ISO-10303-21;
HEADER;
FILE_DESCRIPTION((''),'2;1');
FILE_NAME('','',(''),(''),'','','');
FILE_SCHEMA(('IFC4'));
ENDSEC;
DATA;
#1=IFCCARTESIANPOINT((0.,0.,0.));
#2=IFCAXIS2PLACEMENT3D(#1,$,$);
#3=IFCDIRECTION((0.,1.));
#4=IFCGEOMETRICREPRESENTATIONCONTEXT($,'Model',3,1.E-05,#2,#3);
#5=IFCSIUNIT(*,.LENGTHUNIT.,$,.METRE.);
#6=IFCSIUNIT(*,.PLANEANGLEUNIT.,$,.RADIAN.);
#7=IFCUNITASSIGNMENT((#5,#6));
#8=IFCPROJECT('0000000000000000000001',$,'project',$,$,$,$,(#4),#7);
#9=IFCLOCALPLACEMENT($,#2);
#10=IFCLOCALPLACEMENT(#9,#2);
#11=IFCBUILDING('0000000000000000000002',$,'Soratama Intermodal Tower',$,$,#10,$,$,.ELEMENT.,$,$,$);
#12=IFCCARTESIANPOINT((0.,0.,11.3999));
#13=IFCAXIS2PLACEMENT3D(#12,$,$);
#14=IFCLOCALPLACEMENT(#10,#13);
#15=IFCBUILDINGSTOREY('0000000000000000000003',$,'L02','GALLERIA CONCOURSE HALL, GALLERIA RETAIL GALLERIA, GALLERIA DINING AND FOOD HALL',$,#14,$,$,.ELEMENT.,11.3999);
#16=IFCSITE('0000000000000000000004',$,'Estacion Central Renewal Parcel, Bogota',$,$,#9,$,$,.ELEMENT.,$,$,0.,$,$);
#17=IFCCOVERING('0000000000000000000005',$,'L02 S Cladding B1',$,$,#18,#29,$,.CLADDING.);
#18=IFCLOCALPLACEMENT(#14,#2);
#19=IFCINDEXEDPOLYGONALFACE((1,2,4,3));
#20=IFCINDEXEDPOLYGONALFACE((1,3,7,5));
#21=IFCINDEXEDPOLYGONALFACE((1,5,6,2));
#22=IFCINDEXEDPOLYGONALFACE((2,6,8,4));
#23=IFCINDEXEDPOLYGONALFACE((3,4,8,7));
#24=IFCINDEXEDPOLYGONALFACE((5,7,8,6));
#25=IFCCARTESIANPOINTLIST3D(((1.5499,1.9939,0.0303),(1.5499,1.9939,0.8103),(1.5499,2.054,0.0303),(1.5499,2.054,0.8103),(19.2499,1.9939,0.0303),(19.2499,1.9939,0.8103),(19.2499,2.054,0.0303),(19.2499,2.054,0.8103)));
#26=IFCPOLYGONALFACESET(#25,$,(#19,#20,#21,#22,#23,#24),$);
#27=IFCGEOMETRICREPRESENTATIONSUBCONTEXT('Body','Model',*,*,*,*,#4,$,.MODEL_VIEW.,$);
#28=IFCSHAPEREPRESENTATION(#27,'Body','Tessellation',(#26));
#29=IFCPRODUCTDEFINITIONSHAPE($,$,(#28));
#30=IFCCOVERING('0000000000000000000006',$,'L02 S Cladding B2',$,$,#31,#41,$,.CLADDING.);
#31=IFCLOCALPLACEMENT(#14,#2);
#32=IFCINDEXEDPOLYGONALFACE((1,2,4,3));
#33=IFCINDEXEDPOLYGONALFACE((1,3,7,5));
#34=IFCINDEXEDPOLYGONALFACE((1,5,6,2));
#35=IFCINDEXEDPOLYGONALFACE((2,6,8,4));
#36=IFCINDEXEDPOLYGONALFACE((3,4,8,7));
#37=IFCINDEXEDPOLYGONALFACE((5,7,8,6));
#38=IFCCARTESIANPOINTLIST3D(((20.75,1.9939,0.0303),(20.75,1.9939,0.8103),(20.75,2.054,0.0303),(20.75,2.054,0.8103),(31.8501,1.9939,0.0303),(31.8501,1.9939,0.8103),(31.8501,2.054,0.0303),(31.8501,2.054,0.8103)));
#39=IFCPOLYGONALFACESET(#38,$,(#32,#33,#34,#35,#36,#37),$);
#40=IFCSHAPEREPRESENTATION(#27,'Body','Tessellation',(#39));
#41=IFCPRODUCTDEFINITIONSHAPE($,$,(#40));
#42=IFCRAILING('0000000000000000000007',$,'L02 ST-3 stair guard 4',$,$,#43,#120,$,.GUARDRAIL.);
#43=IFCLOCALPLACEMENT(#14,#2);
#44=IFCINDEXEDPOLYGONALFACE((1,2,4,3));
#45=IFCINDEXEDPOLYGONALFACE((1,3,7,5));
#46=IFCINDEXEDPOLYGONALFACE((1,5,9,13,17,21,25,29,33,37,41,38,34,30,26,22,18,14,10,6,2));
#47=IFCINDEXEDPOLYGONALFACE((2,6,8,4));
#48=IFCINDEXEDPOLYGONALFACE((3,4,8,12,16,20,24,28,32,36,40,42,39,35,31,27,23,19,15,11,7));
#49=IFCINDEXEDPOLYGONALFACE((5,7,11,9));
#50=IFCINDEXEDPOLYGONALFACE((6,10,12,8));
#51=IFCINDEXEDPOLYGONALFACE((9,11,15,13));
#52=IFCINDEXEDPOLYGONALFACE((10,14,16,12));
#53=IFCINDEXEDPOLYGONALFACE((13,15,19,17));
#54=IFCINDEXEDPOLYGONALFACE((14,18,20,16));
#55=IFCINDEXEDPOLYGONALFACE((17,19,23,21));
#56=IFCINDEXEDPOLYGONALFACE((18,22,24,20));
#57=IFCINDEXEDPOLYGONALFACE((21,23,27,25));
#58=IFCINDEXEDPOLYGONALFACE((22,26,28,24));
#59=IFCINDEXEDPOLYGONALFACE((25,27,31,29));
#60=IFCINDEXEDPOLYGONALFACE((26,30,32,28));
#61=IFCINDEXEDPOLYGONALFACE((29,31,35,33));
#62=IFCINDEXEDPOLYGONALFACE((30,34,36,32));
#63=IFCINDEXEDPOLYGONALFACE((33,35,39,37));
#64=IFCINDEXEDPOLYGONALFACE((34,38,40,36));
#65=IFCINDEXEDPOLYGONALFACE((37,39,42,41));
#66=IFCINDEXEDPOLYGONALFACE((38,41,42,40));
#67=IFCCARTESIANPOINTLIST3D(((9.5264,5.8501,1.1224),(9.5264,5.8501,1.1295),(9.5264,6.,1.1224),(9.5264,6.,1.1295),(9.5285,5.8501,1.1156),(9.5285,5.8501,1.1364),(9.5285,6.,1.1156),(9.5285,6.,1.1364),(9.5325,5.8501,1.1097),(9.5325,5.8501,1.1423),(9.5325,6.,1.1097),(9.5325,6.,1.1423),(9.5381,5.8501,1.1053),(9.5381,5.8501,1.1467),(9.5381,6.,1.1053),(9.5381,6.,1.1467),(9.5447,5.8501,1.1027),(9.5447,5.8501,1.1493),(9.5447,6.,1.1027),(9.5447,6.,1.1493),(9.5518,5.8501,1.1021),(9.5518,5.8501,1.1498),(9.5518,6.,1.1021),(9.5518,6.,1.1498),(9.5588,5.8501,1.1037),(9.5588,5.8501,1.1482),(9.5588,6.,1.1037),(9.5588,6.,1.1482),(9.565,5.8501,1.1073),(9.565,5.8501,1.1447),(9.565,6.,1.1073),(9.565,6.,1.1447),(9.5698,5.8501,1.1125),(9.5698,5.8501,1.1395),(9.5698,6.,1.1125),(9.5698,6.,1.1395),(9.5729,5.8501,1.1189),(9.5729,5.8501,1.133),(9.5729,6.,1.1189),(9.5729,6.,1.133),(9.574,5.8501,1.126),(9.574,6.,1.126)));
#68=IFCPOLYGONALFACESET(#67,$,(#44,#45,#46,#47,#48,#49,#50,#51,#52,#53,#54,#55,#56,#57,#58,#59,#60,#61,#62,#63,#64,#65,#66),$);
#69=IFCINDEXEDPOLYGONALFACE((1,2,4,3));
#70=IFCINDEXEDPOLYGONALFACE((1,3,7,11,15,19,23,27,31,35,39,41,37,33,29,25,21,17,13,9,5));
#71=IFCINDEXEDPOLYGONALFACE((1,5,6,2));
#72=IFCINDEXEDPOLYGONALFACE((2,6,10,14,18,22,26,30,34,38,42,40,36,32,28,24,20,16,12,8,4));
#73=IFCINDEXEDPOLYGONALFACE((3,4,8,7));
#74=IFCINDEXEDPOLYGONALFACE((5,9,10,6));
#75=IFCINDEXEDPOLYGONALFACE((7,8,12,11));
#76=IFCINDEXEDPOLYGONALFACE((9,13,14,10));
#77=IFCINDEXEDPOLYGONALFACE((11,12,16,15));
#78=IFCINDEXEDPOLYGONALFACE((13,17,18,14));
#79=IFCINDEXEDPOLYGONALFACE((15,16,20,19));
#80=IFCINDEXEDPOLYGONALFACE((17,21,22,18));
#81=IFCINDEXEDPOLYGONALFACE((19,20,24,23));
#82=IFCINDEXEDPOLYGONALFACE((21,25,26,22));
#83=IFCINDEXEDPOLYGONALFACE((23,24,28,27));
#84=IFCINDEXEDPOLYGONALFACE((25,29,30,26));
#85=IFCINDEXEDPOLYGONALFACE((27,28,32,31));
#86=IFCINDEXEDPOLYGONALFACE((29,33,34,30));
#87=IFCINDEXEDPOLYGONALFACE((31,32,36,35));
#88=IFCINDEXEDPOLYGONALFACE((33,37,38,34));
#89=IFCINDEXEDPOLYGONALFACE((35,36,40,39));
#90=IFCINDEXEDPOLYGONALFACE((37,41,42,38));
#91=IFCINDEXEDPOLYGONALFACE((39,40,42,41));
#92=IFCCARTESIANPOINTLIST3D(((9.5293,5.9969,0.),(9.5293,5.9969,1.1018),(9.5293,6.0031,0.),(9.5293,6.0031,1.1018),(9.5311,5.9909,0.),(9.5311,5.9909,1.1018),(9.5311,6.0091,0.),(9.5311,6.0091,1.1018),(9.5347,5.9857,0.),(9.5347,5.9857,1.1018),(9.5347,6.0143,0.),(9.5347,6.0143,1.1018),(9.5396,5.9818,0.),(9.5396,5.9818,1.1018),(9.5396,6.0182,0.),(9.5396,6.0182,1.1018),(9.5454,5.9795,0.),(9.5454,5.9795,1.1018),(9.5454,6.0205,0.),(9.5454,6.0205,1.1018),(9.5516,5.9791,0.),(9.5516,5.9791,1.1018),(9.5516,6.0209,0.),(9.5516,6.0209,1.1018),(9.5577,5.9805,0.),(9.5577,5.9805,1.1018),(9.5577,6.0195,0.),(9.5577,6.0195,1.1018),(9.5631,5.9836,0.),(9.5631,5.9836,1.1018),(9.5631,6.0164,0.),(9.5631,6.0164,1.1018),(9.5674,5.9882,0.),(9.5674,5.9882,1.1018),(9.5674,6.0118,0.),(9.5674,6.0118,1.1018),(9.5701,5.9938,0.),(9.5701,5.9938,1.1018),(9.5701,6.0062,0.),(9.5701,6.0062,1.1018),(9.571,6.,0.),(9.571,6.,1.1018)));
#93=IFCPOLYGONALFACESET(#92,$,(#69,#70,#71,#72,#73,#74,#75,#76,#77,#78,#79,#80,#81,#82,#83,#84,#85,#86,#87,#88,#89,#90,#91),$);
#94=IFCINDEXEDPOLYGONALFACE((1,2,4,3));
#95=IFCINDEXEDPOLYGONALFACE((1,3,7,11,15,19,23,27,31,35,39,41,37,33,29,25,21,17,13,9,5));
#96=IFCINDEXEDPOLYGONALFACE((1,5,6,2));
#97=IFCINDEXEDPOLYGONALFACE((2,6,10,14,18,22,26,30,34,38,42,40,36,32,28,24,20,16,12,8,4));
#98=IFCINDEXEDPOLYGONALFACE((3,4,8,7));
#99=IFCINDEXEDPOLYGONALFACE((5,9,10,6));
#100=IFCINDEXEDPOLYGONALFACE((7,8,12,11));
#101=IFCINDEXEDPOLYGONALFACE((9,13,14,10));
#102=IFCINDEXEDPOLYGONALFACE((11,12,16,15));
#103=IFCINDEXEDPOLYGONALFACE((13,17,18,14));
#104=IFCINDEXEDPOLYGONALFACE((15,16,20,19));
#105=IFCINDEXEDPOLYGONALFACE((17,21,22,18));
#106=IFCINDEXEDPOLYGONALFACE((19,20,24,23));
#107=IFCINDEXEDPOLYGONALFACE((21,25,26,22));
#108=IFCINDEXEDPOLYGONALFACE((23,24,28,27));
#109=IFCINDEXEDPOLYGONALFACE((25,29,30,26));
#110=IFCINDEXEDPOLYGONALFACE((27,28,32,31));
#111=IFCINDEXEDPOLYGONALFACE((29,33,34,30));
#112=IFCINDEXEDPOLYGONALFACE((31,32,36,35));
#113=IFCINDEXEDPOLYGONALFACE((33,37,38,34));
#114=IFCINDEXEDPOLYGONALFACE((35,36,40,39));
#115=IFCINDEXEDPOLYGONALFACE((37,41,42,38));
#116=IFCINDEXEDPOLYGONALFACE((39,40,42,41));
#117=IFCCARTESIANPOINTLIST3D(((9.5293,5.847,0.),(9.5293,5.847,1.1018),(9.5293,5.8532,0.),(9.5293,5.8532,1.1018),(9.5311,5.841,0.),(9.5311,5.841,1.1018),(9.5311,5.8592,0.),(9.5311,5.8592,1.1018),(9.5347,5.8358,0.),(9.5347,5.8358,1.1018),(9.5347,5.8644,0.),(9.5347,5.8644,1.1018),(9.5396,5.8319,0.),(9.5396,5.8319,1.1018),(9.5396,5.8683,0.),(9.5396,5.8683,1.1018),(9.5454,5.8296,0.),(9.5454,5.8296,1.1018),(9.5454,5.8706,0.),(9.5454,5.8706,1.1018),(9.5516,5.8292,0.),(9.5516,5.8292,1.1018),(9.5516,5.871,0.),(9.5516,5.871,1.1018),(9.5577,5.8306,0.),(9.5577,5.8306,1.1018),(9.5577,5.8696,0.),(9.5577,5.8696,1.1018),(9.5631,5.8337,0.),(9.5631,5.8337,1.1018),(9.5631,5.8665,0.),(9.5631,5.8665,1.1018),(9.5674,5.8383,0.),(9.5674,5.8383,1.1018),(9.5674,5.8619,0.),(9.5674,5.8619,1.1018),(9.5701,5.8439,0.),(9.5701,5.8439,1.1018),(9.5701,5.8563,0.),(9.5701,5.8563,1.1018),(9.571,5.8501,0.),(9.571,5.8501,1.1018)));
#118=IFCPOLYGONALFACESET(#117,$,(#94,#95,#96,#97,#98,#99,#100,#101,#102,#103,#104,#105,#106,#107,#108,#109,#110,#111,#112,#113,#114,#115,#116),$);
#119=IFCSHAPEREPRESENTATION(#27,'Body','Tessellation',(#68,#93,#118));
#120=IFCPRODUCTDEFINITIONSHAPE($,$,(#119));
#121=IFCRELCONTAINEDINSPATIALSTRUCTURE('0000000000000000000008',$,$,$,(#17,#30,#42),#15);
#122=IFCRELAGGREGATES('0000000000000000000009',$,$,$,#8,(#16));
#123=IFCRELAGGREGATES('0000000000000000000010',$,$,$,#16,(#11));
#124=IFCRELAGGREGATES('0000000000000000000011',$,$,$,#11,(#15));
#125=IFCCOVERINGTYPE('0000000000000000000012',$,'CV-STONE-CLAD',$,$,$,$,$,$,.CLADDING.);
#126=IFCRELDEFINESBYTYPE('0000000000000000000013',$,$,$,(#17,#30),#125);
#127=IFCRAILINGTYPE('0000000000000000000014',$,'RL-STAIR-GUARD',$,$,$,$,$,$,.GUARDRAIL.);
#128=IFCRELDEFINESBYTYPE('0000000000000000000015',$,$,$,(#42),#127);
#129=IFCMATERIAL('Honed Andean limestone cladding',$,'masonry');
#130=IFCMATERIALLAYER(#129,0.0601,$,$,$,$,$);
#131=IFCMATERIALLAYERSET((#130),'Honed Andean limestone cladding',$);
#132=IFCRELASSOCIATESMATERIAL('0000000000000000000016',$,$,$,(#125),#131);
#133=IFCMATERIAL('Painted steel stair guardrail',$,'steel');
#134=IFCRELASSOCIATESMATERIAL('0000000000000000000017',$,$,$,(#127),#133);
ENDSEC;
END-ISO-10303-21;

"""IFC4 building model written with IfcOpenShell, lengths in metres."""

from ifc_helpers import new_model, si_unit, direction, frame, origin, origin_2d, place, context, subcontext, project, spatial, rectangle, circle, extrude, material, layer, layer_set, type_object, element, save


model = new_model("IFC4")

# Units and contexts
model_context = context("Model", 3, precision=1e-05, world=origin(), true_north=direction((0.0, 1.0)))
body_context = subcontext(model_context, "Body", "Model", "MODEL_VIEW")
ifc_project = project(units=[si_unit("LENGTHUNIT", "METRE"), si_unit("PLANEANGLEUNIT", "RADIAN")], contexts=[model_context])

# Site, building, storey
site_placement = place(None, origin())
site = spatial("IfcSite", under=ifc_project, at=site_placement, Name="Estacion Central Renewal Parcel, Bogota", CompositionType="ELEMENT", RefElevation=0.0)
building_placement = place(site_placement, origin())
building = spatial("IfcBuilding", under=site, at=building_placement, Name="Soratama Intermodal Tower", CompositionType="ELEMENT")
storey_placement = place(building_placement, frame((0.0, 0.0, 11.3999)))
storey = spatial("IfcBuildingStorey", under=building, at=storey_placement, Name="L02", Description="GALLERIA CONCOURSE HALL, GALLERIA RETAIL GALLERIA, GALLERIA DINING AND FOOD HALL", CompositionType="ELEMENT", Elevation=11.3999)

# Coverings
ifc_material_1 = material(Name="Honed Andean limestone cladding", Category="masonry")
ifc_layer_1 = layer(ifc_material_1, 0.0601)
ifc_layer_set_1 = layer_set([ifc_layer_1], Name="Honed Andean limestone cladding")
covering_type = type_object("IfcCoveringType", Name="CV-STONE-CLAD", PredefinedType="CLADDING", material=ifc_layer_set_1)
covering_1_placement = place(storey_placement, frame((10.3999, 2.0239, 0.0303), z_axis=(0.0, 0.0, 1.0), x_axis=(1.0, 0.0, 0.0)))
element("IfcCovering", 1, at=covering_1_placement, inside=storey, type_object=covering_type, Name="L02 S Cladding B1", PredefinedType="CLADDING", context=body_context, shape_type="SweptSolid", body=[
    extrude(rectangle(XDim=17.7, YDim=0.0601, at=origin_2d()), origin(), (0.0, 0.0, 1.0), 0.78),
])
covering_2_placement = place(storey_placement, frame((26.3, 2.0239, 0.0303), z_axis=(0.0, 0.0, 1.0), x_axis=(1.0, 0.0, 0.0)))
element("IfcCovering", 2, at=covering_2_placement, inside=storey, type_object=covering_type, Name="L02 S Cladding B2", PredefinedType="CLADDING", context=body_context, shape_type="SweptSolid", body=[
    extrude(rectangle(XDim=11.1001, YDim=0.0601, at=origin_2d()), origin(), (0.0, 0.0, 1.0), 0.78),
])

# Railing
ifc_material_2 = material(Name="Painted steel stair guardrail", Category="steel")
railing_type_1 = type_object("IfcRailingType", Name="RL-STAIR-GUARD", PredefinedType="GUARDRAIL", material=ifc_material_2)
railing_1_placement = place(storey_placement, frame((9.55, 6.0, 0.0)))
element("IfcRailing", 3, at=railing_1_placement, inside=storey, type_object=railing_type_1, Name="L02 ST-3 stair guard 4", PredefinedType="GUARDRAIL", context=body_context, shape_type="SweptSolid", body=[
    extrude(circle(Radius=0.0239, at=origin_2d()), frame((0.0, 0.0, 1.126), z_axis=(0.0, -1.0, 0.0), x_axis=(1.0, 0.0, 0.0)), (0.0, 0.0, 1.0), 0.1499),
    extrude(circle(Radius=0.021, at=origin_2d()), origin(), (0.0, 0.0, 1.0), 1.1018),
    extrude(circle(Radius=0.021, at=origin_2d()), frame((0.0, -0.1499, 0.0)), (0.0, 0.0, 1.0), 1.1018),
])

save(model, "model.ifc")
